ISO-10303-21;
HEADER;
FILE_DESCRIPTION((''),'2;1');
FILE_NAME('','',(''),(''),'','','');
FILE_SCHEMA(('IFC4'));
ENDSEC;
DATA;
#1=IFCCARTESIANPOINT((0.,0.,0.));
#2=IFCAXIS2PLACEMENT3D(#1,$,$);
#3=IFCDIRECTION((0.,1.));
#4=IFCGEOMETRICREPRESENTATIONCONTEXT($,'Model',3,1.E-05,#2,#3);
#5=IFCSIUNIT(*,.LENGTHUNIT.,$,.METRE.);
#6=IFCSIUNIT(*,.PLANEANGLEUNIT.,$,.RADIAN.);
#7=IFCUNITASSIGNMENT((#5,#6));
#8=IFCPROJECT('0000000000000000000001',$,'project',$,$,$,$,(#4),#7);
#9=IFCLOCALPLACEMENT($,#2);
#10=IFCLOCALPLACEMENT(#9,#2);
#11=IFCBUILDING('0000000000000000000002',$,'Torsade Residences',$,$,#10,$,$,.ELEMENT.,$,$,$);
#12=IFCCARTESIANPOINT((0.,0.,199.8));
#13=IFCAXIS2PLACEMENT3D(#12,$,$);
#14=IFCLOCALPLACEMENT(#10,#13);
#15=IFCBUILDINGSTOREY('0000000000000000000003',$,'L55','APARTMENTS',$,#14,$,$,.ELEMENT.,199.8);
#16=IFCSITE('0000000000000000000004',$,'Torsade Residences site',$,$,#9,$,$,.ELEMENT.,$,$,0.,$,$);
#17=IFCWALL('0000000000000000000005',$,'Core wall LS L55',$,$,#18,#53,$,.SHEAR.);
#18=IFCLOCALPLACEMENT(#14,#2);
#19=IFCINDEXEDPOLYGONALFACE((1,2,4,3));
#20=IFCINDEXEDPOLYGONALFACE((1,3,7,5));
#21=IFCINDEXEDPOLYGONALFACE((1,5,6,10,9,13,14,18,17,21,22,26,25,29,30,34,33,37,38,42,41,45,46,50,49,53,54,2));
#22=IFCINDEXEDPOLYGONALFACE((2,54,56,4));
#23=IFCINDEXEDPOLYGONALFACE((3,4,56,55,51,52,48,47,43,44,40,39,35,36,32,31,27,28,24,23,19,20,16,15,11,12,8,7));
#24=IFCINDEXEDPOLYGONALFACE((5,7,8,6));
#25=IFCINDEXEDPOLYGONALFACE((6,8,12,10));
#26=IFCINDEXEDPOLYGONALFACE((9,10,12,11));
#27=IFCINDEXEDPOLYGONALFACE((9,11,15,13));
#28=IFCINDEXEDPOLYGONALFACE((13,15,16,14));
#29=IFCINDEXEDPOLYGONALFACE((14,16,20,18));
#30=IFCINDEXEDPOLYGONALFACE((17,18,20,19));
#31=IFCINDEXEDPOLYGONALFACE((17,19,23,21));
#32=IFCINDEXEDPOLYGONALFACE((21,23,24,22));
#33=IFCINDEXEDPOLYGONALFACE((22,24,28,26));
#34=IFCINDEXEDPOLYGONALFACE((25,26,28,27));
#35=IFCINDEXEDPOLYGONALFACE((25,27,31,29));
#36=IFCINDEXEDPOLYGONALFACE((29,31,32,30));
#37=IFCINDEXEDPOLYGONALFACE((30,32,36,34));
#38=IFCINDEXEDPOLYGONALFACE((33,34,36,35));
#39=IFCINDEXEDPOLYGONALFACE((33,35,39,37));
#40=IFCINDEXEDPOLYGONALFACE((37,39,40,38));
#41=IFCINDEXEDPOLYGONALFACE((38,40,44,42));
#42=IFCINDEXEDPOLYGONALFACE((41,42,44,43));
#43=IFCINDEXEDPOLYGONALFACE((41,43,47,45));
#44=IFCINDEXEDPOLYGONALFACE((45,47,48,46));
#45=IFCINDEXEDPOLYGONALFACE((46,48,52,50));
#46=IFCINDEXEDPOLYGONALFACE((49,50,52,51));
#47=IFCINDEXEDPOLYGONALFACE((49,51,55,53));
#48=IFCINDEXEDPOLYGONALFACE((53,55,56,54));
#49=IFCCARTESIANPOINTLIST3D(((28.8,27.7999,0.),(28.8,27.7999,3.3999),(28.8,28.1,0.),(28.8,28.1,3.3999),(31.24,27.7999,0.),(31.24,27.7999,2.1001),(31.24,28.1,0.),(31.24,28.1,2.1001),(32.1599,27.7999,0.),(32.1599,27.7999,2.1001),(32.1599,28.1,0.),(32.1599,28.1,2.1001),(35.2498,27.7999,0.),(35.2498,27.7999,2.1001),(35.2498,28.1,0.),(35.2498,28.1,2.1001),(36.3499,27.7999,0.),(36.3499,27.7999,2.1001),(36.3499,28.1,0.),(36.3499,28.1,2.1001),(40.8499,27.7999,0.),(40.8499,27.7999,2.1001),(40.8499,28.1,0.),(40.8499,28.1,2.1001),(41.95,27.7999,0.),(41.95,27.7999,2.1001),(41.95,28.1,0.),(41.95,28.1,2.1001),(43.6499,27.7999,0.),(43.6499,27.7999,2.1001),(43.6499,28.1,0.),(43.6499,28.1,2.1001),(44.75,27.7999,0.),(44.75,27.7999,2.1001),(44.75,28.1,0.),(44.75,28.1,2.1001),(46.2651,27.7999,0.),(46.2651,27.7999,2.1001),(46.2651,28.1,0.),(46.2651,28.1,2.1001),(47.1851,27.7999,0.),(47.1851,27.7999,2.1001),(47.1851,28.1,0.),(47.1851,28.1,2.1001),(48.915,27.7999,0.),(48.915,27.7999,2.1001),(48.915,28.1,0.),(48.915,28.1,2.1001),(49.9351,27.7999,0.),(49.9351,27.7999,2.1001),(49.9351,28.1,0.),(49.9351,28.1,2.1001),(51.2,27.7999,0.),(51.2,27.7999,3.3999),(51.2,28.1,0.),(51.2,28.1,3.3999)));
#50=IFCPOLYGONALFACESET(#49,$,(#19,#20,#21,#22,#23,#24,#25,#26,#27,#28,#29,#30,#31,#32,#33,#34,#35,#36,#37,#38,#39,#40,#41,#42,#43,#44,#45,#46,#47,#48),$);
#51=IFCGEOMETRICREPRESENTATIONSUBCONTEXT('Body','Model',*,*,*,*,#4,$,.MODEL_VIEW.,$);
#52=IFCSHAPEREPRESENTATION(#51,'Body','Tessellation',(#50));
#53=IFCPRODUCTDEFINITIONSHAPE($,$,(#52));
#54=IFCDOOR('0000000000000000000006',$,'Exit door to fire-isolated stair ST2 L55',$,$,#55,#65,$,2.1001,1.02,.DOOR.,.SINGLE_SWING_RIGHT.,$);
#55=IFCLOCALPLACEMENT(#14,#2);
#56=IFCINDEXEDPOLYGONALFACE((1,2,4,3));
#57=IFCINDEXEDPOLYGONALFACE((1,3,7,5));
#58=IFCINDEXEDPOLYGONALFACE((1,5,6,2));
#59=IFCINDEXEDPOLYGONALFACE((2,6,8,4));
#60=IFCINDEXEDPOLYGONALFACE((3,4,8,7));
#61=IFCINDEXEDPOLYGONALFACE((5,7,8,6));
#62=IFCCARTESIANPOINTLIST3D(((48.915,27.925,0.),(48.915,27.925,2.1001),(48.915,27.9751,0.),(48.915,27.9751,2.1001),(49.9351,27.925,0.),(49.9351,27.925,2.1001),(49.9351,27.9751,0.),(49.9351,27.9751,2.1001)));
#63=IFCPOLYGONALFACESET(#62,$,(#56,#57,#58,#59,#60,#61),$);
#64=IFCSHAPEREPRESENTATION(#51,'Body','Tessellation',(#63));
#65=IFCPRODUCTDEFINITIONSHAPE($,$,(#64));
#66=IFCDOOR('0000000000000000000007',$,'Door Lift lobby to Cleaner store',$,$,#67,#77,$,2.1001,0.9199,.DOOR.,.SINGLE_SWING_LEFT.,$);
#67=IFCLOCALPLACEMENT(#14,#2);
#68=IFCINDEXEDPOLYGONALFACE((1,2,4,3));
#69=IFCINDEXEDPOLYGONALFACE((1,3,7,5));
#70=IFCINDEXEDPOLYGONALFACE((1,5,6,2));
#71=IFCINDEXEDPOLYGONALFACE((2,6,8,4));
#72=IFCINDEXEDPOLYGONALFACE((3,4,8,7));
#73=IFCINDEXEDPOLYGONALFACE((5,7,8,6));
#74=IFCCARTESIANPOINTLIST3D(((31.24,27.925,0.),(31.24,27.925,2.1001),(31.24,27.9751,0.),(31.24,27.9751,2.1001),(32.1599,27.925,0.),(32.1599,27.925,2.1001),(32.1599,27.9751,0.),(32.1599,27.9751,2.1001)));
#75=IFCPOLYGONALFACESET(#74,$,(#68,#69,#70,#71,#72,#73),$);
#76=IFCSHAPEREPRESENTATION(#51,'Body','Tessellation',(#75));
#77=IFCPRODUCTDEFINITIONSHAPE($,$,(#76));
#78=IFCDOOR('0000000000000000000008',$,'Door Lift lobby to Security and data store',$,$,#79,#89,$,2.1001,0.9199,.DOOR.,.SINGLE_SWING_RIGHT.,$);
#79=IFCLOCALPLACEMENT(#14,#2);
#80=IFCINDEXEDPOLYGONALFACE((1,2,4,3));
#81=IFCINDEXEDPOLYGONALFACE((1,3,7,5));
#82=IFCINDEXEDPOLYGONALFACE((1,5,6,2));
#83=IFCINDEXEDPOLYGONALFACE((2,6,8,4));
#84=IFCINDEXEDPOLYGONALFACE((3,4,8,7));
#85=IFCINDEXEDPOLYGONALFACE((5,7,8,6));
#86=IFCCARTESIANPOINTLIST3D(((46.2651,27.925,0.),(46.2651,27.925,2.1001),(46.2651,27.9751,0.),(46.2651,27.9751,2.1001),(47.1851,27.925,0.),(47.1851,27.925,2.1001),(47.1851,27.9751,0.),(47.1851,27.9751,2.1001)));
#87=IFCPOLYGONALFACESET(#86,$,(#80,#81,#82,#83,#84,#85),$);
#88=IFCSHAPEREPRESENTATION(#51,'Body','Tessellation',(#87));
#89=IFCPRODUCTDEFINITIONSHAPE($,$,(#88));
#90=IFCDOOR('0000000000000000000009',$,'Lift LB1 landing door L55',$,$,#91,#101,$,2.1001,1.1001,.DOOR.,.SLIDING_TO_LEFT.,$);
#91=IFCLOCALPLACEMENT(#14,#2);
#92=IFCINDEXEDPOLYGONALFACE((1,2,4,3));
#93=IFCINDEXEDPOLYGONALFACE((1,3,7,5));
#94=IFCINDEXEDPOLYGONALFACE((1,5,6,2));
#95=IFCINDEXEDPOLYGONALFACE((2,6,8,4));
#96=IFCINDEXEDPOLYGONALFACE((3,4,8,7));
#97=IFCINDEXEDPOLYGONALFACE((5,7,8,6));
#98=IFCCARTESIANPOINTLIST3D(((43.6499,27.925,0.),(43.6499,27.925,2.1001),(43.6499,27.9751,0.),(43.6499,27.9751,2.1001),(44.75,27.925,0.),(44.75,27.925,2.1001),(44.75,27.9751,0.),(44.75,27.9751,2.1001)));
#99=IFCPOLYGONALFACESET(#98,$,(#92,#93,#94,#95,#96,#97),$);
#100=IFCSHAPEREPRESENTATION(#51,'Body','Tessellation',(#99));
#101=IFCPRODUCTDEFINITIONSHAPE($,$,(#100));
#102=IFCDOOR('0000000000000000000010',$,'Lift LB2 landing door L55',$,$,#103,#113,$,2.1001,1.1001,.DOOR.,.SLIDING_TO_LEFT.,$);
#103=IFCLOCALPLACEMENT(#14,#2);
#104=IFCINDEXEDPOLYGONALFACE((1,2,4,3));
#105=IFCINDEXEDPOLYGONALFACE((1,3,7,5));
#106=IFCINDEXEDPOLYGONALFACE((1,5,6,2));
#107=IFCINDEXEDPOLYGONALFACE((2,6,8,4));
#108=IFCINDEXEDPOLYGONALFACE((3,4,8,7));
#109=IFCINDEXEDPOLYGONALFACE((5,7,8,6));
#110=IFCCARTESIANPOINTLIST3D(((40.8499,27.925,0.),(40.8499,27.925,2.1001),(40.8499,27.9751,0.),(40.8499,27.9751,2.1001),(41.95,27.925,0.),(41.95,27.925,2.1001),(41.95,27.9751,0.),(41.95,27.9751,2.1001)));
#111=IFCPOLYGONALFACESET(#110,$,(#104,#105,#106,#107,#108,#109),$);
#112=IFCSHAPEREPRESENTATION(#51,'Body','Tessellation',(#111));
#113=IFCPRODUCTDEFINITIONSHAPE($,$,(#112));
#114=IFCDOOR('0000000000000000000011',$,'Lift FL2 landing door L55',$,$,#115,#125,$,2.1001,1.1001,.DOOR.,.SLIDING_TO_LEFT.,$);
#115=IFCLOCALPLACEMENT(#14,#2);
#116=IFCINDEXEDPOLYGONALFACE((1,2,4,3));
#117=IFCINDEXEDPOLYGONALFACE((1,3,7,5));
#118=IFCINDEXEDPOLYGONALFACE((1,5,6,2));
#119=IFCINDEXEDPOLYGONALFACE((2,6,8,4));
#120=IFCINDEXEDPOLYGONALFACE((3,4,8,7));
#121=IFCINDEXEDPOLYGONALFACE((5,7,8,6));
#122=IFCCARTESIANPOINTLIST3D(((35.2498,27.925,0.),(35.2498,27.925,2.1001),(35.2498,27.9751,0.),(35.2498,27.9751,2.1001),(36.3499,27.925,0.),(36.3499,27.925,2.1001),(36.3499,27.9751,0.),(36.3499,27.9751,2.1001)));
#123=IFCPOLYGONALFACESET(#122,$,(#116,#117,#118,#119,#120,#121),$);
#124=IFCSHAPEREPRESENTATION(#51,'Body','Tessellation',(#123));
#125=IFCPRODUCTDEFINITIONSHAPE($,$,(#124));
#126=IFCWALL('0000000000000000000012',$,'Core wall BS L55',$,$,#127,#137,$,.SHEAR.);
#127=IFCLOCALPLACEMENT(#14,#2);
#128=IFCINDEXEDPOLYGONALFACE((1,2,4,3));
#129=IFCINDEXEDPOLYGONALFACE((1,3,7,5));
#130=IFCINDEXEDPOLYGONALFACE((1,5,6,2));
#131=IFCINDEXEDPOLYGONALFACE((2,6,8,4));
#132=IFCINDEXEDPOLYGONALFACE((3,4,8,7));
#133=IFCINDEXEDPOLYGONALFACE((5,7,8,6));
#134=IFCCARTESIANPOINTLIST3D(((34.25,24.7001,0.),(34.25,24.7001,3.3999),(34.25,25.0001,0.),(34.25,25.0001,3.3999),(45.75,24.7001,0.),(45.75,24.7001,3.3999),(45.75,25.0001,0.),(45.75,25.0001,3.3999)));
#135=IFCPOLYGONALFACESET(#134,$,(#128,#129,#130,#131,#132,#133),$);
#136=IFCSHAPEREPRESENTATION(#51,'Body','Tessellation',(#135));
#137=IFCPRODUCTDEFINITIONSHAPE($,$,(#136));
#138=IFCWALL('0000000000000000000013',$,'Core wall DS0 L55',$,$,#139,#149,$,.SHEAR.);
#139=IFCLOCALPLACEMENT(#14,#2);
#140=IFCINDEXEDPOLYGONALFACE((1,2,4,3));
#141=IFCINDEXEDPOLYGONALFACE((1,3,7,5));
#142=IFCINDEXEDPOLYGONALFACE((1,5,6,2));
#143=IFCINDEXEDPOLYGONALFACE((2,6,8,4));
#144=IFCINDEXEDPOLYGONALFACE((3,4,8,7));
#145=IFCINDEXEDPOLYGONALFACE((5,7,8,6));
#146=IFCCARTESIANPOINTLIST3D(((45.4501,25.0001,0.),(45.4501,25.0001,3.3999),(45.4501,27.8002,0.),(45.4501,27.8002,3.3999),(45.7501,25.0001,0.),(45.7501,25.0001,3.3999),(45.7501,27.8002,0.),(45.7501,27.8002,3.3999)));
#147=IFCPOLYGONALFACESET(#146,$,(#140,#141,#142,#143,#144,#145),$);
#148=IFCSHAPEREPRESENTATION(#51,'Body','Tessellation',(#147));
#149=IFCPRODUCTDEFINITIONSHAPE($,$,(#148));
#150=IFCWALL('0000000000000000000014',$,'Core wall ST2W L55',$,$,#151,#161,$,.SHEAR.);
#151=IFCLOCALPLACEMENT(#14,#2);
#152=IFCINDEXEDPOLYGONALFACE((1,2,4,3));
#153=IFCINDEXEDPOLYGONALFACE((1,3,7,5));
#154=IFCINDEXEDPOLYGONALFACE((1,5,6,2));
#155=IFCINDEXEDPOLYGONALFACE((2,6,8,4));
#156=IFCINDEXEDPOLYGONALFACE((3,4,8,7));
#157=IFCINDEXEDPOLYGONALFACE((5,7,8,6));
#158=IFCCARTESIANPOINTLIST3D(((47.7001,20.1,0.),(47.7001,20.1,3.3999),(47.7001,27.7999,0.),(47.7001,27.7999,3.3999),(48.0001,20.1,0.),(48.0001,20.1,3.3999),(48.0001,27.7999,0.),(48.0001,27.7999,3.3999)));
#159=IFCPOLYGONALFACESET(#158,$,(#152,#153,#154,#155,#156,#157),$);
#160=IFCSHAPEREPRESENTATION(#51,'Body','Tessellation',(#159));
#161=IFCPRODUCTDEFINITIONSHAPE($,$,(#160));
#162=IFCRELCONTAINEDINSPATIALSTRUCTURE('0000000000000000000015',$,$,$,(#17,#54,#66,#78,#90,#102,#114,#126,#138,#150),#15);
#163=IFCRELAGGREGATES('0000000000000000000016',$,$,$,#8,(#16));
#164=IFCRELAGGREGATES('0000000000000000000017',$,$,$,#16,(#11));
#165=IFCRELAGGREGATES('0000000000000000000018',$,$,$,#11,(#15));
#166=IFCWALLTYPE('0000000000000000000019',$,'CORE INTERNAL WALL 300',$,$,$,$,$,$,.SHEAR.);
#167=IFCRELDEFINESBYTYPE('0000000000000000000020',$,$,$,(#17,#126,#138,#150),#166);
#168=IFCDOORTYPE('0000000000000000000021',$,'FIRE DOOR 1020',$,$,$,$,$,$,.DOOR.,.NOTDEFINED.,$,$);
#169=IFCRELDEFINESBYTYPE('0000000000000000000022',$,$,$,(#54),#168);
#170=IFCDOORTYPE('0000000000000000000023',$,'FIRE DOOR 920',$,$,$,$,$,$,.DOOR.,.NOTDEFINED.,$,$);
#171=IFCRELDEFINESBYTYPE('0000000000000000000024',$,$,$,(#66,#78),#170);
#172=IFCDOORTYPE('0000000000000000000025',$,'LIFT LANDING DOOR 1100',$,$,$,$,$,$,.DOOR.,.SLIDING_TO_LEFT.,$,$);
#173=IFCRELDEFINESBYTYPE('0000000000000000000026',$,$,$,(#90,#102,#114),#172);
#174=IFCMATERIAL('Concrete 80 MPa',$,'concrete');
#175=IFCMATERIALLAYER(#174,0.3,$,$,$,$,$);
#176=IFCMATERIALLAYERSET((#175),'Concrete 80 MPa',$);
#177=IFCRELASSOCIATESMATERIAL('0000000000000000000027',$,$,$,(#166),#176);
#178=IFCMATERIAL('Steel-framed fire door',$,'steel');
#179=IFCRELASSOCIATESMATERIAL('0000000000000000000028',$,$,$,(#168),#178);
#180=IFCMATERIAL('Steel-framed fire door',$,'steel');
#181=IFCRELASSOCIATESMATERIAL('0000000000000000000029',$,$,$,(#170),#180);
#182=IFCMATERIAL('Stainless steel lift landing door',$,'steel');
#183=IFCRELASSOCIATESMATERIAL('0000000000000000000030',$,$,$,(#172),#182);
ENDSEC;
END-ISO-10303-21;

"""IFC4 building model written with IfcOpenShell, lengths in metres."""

from ifc_helpers import new_model, si_unit, direction, frame, frame_2d, origin, place, context, subcontext, project, spatial, rectangle, extrude, material, layer, layer_set, type_object, element, fill, save


model = new_model("IFC4")

# Units and contexts
model_context = context("Model", 3, precision=1e-05, world=origin(), true_north=direction((0.0, 1.0)))
body_context = subcontext(model_context, "Body", "Model", "MODEL_VIEW")
ifc_project = project(units=[si_unit("LENGTHUNIT", "METRE"), si_unit("PLANEANGLEUNIT", "RADIAN")], contexts=[model_context])

# Site, building, storey
site_placement = place(None, origin())
site = spatial("IfcSite", under=ifc_project, at=site_placement, Name="Torsade Residences site", CompositionType="ELEMENT", RefElevation=0.0)
building_placement = place(site_placement, origin())
building = spatial("IfcBuilding", under=site, at=building_placement, Name="Torsade Residences", CompositionType="ELEMENT")
storey_placement = place(building_placement, frame((0.0, 0.0, 199.8)))
storey = spatial("IfcBuildingStorey", under=building, at=storey_placement, Name="L55", Description="APARTMENTS", CompositionType="ELEMENT", Elevation=199.8)

# Wall, openings, doors
ifc_material_1 = material(Name="Concrete 80 MPa", Category="concrete")
ifc_layer_1 = layer(ifc_material_1, 0.3)
ifc_layer_set_1 = layer_set([ifc_layer_1], Name="Concrete 80 MPa")
wall_type_1 = type_object("IfcWallType", Name="CORE INTERNAL WALL 300", PredefinedType="SHEAR", material=ifc_layer_set_1)
wall_1_placement = place(storey_placement, frame((51.2, 27.95, 0.0), z_axis=(0.0, 0.0, 1.0), x_axis=(-1.0, 0.0, 0.0)))
wall_1 = element("IfcWall", 1, at=wall_1_placement, inside=storey, type_object=wall_type_1, Name="Core wall LS L55", PredefinedType="SHEAR", context=body_context, shape_type="SweptSolid", body=[
    extrude(rectangle(XDim=22.3999, YDim=0.3, at=frame_2d((11.2, 0.0))), origin(), (0.0, 0.0, 1.0), 3.3999),
])
opening_1_placement = place(wall_1_placement, frame((19.04, 0.0, 0.0)))
opening_1 = element("IfcOpeningElement", 2, at=opening_1_placement, cuts=wall_1, PredefinedType="OPENING", context=body_context, shape_type="SweptSolid", body=[
    extrude(rectangle(XDim=0.9199, YDim=2.1001, at=frame_2d((0.46, 1.05))), frame((0.0, 0.1599, 0.0), z_axis=(0.0, -1.0, 0.0), x_axis=(1.0, 0.0, 0.0)), (0.0, 0.0, 1.0), 0.3201),
])
opening_2_placement = place(wall_1_placement, frame((1.2649, 0.0, 0.0)))
opening_2 = element("IfcOpeningElement", 3, at=opening_2_placement, cuts=wall_1, PredefinedType="OPENING", context=body_context, shape_type="SweptSolid", body=[
    extrude(rectangle(XDim=1.02, YDim=2.1001, at=frame_2d((0.51, 1.05))), frame((0.0, 0.1599, 0.0), z_axis=(0.0, -1.0, 0.0), x_axis=(1.0, 0.0, 0.0)), (0.0, 0.0, 1.0), 0.3201),
])
opening_3_placement = place(wall_1_placement, frame((4.0149, 0.0, 0.0)))
opening_3 = element("IfcOpeningElement", 4, at=opening_3_placement, cuts=wall_1, PredefinedType="OPENING", context=body_context, shape_type="SweptSolid", body=[
    extrude(rectangle(XDim=0.9199, YDim=2.1001, at=frame_2d((0.46, 1.05))), frame((0.0, 0.1599, 0.0), z_axis=(0.0, -1.0, 0.0), x_axis=(1.0, 0.0, 0.0)), (0.0, 0.0, 1.0), 0.3201),
])
opening_4_placement = place(wall_1_placement, frame((6.45, 0.0, 0.0)))
opening_4 = element("IfcOpeningElement", 5, at=opening_4_placement, cuts=wall_1, PredefinedType="OPENING", context=body_context, shape_type="SweptSolid", body=[
    extrude(rectangle(XDim=1.1001, YDim=2.1001, at=frame_2d((0.55, 1.05))), frame((0.0, 0.1599, 0.0), z_axis=(0.0, -1.0, 0.0), x_axis=(1.0, 0.0, 0.0)), (0.0, 0.0, 1.0), 0.3201),
])
opening_5_placement = place(wall_1_placement, frame((9.25, 0.0, 0.0)))
opening_5 = element("IfcOpeningElement", 6, at=opening_5_placement, cuts=wall_1, PredefinedType="OPENING", context=body_context, shape_type="SweptSolid", body=[
    extrude(rectangle(XDim=1.1001, YDim=2.1001, at=frame_2d((0.55, 1.05))), frame((0.0, 0.1599, 0.0), z_axis=(0.0, -1.0, 0.0), x_axis=(1.0, 0.0, 0.0)), (0.0, 0.0, 1.0), 0.3201),
])
opening_6_placement = place(wall_1_placement, frame((14.8501, 0.0, 0.0)))
opening_6 = element("IfcOpeningElement", 7, at=opening_6_placement, cuts=wall_1, PredefinedType="OPENING", context=body_context, shape_type="SweptSolid", body=[
    extrude(rectangle(XDim=1.1001, YDim=2.1001, at=frame_2d((0.55, 1.05))), frame((0.0, 0.1599, 0.0), z_axis=(0.0, -1.0, 0.0), x_axis=(1.0, 0.0, 0.0)), (0.0, 0.0, 1.0), 0.3201),
])
ifc_material_2 = material(Name="Steel-framed fire door", Category="steel")
door_type_1 = type_object("IfcDoorType", Name="FIRE DOOR 1020", OperationType="NOTDEFINED", PredefinedType="DOOR", material=ifc_material_2)
door_1_placement = place(opening_2_placement, origin())
door_1 = element("IfcDoor", 8, at=door_1_placement, inside=storey, type_object=door_type_1, Name="Exit door to fire-isolated stair ST2 L55", OperationType="SINGLE_SWING_RIGHT", OverallHeight=2.1001, OverallWidth=1.02, PredefinedType="DOOR", context=body_context, shape_type="SweptSolid", body=[
    extrude(rectangle(XDim=1.02, YDim=2.1001, at=frame_2d((0.51, 1.05))), frame((0.0, 0.0249, 0.0), z_axis=(0.0, -1.0, 0.0), x_axis=(1.0, 0.0, 0.0)), (0.0, 0.0, 1.0), 0.05),
])
fill(opening_2, door_1)
ifc_material_3 = material(Name="Steel-framed fire door", Category="steel")
door_type_2 = type_object("IfcDoorType", Name="FIRE DOOR 920", OperationType="NOTDEFINED", PredefinedType="DOOR", material=ifc_material_3)
door_2_placement = place(opening_1_placement, origin())
door_2 = element("IfcDoor", 9, at=door_2_placement, inside=storey, type_object=door_type_2, Name="Door Lift lobby to Cleaner store", OperationType="SINGLE_SWING_LEFT", OverallHeight=2.1001, OverallWidth=0.9199, PredefinedType="DOOR", context=body_context, shape_type="SweptSolid", body=[
    extrude(rectangle(XDim=0.9199, YDim=2.1001, at=frame_2d((0.46, 1.05))), frame((0.0, 0.0249, 0.0), z_axis=(0.0, -1.0, 0.0), x_axis=(1.0, 0.0, 0.0)), (0.0, 0.0, 1.0), 0.05),
])
fill(opening_1, door_2)
door_3_placement = place(opening_3_placement, origin())
door_3 = element("IfcDoor", 10, at=door_3_placement, inside=storey, type_object=door_type_2, Name="Door Lift lobby to Security and data store", OperationType="SINGLE_SWING_RIGHT", OverallHeight=2.1001, OverallWidth=0.9199, PredefinedType="DOOR", context=body_context, shape_type="SweptSolid", body=[
    extrude(rectangle(XDim=0.9199, YDim=2.1001, at=frame_2d((0.46, 1.05))), frame((0.0, 0.0249, 0.0), z_axis=(0.0, -1.0, 0.0), x_axis=(1.0, 0.0, 0.0)), (0.0, 0.0, 1.0), 0.05),
])
fill(opening_3, door_3)
ifc_material_4 = material(Name="Stainless steel lift landing door", Category="steel")
door_type_3 = type_object("IfcDoorType", Name="LIFT LANDING DOOR 1100", OperationType="SLIDING_TO_LEFT", PredefinedType="DOOR", material=ifc_material_4)
door_4_placement = place(opening_4_placement, origin())
door_4 = element("IfcDoor", 11, at=door_4_placement, inside=storey, type_object=door_type_3, Name="Lift LB1 landing door L55", OperationType="SLIDING_TO_LEFT", OverallHeight=2.1001, OverallWidth=1.1001, PredefinedType="DOOR", context=body_context, shape_type="SweptSolid", body=[
    extrude(rectangle(XDim=1.1001, YDim=2.1001, at=frame_2d((0.55, 1.05))), frame((0.0, 0.0249, 0.0), z_axis=(0.0, -1.0, 0.0), x_axis=(1.0, 0.0, 0.0)), (0.0, 0.0, 1.0), 0.05),
])
fill(opening_4, door_4)
door_5_placement = place(opening_5_placement, origin())
door_5 = element("IfcDoor", 12, at=door_5_placement, inside=storey, type_object=door_type_3, Name="Lift LB2 landing door L55", OperationType="SLIDING_TO_LEFT", OverallHeight=2.1001, OverallWidth=1.1001, PredefinedType="DOOR", context=body_context, shape_type="SweptSolid", body=[
    extrude(rectangle(XDim=1.1001, YDim=2.1001, at=frame_2d((0.55, 1.05))), frame((0.0, 0.0249, 0.0), z_axis=(0.0, -1.0, 0.0), x_axis=(1.0, 0.0, 0.0)), (0.0, 0.0, 1.0), 0.05),
])
fill(opening_5, door_5)
door_6_placement = place(opening_6_placement, origin())
door_6 = element("IfcDoor", 13, at=door_6_placement, inside=storey, type_object=door_type_3, Name="Lift FL2 landing door L55", OperationType="SLIDING_TO_LEFT", OverallHeight=2.1001, OverallWidth=1.1001, PredefinedType="DOOR", context=body_context, shape_type="SweptSolid", body=[
    extrude(rectangle(XDim=1.1001, YDim=2.1001, at=frame_2d((0.55, 1.05))), frame((0.0, 0.0249, 0.0), z_axis=(0.0, -1.0, 0.0), x_axis=(1.0, 0.0, 0.0)), (0.0, 0.0, 1.0), 0.05),
])
fill(opening_6, door_6)

# Walls
wall_2_placement = place(storey_placement, frame((45.75, 24.8501, 0.0), z_axis=(0.0, 0.0, 1.0), x_axis=(-1.0, 0.0, 0.0)))
element("IfcWall", 14, at=wall_2_placement, inside=storey, type_object=wall_type_1, Name="Core wall BS L55", PredefinedType="SHEAR", context=body_context, shape_type="SweptSolid", body=[
    extrude(rectangle(XDim=11.5, YDim=0.3, at=frame_2d((5.75, 0.0))), origin(), (0.0, 0.0, 1.0), 3.3999),
])
wall_3_placement = place(storey_placement, frame((45.6001, 27.8, 0.0), z_axis=(0.0, 0.0, 1.0), x_axis=(0.0, -1.0, 0.0)))
element("IfcWall", 15, at=wall_3_placement, inside=storey, type_object=wall_type_1, Name="Core wall DS0 L55", PredefinedType="SHEAR", context=body_context, shape_type="SweptSolid", body=[
    extrude(rectangle(XDim=2.8, YDim=0.3, at=frame_2d((1.3999, 0.0))), origin(), (0.0, 0.0, 1.0), 3.3999),
])
wall_4_placement = place(storey_placement, frame((47.8501, 27.8, 0.0), z_axis=(0.0, 0.0, 1.0), x_axis=(0.0, -1.0, 0.0)))
element("IfcWall", 16, at=wall_4_placement, inside=storey, type_object=wall_type_1, Name="Core wall ST2W L55", PredefinedType="SHEAR", context=body_context, shape_type="SweptSolid", body=[
    extrude(rectangle(XDim=7.7, YDim=0.3, at=frame_2d((3.8501, 0.0))), origin(), (0.0, 0.0, 1.0), 3.3999),
])

save(model, "model.ifc")
